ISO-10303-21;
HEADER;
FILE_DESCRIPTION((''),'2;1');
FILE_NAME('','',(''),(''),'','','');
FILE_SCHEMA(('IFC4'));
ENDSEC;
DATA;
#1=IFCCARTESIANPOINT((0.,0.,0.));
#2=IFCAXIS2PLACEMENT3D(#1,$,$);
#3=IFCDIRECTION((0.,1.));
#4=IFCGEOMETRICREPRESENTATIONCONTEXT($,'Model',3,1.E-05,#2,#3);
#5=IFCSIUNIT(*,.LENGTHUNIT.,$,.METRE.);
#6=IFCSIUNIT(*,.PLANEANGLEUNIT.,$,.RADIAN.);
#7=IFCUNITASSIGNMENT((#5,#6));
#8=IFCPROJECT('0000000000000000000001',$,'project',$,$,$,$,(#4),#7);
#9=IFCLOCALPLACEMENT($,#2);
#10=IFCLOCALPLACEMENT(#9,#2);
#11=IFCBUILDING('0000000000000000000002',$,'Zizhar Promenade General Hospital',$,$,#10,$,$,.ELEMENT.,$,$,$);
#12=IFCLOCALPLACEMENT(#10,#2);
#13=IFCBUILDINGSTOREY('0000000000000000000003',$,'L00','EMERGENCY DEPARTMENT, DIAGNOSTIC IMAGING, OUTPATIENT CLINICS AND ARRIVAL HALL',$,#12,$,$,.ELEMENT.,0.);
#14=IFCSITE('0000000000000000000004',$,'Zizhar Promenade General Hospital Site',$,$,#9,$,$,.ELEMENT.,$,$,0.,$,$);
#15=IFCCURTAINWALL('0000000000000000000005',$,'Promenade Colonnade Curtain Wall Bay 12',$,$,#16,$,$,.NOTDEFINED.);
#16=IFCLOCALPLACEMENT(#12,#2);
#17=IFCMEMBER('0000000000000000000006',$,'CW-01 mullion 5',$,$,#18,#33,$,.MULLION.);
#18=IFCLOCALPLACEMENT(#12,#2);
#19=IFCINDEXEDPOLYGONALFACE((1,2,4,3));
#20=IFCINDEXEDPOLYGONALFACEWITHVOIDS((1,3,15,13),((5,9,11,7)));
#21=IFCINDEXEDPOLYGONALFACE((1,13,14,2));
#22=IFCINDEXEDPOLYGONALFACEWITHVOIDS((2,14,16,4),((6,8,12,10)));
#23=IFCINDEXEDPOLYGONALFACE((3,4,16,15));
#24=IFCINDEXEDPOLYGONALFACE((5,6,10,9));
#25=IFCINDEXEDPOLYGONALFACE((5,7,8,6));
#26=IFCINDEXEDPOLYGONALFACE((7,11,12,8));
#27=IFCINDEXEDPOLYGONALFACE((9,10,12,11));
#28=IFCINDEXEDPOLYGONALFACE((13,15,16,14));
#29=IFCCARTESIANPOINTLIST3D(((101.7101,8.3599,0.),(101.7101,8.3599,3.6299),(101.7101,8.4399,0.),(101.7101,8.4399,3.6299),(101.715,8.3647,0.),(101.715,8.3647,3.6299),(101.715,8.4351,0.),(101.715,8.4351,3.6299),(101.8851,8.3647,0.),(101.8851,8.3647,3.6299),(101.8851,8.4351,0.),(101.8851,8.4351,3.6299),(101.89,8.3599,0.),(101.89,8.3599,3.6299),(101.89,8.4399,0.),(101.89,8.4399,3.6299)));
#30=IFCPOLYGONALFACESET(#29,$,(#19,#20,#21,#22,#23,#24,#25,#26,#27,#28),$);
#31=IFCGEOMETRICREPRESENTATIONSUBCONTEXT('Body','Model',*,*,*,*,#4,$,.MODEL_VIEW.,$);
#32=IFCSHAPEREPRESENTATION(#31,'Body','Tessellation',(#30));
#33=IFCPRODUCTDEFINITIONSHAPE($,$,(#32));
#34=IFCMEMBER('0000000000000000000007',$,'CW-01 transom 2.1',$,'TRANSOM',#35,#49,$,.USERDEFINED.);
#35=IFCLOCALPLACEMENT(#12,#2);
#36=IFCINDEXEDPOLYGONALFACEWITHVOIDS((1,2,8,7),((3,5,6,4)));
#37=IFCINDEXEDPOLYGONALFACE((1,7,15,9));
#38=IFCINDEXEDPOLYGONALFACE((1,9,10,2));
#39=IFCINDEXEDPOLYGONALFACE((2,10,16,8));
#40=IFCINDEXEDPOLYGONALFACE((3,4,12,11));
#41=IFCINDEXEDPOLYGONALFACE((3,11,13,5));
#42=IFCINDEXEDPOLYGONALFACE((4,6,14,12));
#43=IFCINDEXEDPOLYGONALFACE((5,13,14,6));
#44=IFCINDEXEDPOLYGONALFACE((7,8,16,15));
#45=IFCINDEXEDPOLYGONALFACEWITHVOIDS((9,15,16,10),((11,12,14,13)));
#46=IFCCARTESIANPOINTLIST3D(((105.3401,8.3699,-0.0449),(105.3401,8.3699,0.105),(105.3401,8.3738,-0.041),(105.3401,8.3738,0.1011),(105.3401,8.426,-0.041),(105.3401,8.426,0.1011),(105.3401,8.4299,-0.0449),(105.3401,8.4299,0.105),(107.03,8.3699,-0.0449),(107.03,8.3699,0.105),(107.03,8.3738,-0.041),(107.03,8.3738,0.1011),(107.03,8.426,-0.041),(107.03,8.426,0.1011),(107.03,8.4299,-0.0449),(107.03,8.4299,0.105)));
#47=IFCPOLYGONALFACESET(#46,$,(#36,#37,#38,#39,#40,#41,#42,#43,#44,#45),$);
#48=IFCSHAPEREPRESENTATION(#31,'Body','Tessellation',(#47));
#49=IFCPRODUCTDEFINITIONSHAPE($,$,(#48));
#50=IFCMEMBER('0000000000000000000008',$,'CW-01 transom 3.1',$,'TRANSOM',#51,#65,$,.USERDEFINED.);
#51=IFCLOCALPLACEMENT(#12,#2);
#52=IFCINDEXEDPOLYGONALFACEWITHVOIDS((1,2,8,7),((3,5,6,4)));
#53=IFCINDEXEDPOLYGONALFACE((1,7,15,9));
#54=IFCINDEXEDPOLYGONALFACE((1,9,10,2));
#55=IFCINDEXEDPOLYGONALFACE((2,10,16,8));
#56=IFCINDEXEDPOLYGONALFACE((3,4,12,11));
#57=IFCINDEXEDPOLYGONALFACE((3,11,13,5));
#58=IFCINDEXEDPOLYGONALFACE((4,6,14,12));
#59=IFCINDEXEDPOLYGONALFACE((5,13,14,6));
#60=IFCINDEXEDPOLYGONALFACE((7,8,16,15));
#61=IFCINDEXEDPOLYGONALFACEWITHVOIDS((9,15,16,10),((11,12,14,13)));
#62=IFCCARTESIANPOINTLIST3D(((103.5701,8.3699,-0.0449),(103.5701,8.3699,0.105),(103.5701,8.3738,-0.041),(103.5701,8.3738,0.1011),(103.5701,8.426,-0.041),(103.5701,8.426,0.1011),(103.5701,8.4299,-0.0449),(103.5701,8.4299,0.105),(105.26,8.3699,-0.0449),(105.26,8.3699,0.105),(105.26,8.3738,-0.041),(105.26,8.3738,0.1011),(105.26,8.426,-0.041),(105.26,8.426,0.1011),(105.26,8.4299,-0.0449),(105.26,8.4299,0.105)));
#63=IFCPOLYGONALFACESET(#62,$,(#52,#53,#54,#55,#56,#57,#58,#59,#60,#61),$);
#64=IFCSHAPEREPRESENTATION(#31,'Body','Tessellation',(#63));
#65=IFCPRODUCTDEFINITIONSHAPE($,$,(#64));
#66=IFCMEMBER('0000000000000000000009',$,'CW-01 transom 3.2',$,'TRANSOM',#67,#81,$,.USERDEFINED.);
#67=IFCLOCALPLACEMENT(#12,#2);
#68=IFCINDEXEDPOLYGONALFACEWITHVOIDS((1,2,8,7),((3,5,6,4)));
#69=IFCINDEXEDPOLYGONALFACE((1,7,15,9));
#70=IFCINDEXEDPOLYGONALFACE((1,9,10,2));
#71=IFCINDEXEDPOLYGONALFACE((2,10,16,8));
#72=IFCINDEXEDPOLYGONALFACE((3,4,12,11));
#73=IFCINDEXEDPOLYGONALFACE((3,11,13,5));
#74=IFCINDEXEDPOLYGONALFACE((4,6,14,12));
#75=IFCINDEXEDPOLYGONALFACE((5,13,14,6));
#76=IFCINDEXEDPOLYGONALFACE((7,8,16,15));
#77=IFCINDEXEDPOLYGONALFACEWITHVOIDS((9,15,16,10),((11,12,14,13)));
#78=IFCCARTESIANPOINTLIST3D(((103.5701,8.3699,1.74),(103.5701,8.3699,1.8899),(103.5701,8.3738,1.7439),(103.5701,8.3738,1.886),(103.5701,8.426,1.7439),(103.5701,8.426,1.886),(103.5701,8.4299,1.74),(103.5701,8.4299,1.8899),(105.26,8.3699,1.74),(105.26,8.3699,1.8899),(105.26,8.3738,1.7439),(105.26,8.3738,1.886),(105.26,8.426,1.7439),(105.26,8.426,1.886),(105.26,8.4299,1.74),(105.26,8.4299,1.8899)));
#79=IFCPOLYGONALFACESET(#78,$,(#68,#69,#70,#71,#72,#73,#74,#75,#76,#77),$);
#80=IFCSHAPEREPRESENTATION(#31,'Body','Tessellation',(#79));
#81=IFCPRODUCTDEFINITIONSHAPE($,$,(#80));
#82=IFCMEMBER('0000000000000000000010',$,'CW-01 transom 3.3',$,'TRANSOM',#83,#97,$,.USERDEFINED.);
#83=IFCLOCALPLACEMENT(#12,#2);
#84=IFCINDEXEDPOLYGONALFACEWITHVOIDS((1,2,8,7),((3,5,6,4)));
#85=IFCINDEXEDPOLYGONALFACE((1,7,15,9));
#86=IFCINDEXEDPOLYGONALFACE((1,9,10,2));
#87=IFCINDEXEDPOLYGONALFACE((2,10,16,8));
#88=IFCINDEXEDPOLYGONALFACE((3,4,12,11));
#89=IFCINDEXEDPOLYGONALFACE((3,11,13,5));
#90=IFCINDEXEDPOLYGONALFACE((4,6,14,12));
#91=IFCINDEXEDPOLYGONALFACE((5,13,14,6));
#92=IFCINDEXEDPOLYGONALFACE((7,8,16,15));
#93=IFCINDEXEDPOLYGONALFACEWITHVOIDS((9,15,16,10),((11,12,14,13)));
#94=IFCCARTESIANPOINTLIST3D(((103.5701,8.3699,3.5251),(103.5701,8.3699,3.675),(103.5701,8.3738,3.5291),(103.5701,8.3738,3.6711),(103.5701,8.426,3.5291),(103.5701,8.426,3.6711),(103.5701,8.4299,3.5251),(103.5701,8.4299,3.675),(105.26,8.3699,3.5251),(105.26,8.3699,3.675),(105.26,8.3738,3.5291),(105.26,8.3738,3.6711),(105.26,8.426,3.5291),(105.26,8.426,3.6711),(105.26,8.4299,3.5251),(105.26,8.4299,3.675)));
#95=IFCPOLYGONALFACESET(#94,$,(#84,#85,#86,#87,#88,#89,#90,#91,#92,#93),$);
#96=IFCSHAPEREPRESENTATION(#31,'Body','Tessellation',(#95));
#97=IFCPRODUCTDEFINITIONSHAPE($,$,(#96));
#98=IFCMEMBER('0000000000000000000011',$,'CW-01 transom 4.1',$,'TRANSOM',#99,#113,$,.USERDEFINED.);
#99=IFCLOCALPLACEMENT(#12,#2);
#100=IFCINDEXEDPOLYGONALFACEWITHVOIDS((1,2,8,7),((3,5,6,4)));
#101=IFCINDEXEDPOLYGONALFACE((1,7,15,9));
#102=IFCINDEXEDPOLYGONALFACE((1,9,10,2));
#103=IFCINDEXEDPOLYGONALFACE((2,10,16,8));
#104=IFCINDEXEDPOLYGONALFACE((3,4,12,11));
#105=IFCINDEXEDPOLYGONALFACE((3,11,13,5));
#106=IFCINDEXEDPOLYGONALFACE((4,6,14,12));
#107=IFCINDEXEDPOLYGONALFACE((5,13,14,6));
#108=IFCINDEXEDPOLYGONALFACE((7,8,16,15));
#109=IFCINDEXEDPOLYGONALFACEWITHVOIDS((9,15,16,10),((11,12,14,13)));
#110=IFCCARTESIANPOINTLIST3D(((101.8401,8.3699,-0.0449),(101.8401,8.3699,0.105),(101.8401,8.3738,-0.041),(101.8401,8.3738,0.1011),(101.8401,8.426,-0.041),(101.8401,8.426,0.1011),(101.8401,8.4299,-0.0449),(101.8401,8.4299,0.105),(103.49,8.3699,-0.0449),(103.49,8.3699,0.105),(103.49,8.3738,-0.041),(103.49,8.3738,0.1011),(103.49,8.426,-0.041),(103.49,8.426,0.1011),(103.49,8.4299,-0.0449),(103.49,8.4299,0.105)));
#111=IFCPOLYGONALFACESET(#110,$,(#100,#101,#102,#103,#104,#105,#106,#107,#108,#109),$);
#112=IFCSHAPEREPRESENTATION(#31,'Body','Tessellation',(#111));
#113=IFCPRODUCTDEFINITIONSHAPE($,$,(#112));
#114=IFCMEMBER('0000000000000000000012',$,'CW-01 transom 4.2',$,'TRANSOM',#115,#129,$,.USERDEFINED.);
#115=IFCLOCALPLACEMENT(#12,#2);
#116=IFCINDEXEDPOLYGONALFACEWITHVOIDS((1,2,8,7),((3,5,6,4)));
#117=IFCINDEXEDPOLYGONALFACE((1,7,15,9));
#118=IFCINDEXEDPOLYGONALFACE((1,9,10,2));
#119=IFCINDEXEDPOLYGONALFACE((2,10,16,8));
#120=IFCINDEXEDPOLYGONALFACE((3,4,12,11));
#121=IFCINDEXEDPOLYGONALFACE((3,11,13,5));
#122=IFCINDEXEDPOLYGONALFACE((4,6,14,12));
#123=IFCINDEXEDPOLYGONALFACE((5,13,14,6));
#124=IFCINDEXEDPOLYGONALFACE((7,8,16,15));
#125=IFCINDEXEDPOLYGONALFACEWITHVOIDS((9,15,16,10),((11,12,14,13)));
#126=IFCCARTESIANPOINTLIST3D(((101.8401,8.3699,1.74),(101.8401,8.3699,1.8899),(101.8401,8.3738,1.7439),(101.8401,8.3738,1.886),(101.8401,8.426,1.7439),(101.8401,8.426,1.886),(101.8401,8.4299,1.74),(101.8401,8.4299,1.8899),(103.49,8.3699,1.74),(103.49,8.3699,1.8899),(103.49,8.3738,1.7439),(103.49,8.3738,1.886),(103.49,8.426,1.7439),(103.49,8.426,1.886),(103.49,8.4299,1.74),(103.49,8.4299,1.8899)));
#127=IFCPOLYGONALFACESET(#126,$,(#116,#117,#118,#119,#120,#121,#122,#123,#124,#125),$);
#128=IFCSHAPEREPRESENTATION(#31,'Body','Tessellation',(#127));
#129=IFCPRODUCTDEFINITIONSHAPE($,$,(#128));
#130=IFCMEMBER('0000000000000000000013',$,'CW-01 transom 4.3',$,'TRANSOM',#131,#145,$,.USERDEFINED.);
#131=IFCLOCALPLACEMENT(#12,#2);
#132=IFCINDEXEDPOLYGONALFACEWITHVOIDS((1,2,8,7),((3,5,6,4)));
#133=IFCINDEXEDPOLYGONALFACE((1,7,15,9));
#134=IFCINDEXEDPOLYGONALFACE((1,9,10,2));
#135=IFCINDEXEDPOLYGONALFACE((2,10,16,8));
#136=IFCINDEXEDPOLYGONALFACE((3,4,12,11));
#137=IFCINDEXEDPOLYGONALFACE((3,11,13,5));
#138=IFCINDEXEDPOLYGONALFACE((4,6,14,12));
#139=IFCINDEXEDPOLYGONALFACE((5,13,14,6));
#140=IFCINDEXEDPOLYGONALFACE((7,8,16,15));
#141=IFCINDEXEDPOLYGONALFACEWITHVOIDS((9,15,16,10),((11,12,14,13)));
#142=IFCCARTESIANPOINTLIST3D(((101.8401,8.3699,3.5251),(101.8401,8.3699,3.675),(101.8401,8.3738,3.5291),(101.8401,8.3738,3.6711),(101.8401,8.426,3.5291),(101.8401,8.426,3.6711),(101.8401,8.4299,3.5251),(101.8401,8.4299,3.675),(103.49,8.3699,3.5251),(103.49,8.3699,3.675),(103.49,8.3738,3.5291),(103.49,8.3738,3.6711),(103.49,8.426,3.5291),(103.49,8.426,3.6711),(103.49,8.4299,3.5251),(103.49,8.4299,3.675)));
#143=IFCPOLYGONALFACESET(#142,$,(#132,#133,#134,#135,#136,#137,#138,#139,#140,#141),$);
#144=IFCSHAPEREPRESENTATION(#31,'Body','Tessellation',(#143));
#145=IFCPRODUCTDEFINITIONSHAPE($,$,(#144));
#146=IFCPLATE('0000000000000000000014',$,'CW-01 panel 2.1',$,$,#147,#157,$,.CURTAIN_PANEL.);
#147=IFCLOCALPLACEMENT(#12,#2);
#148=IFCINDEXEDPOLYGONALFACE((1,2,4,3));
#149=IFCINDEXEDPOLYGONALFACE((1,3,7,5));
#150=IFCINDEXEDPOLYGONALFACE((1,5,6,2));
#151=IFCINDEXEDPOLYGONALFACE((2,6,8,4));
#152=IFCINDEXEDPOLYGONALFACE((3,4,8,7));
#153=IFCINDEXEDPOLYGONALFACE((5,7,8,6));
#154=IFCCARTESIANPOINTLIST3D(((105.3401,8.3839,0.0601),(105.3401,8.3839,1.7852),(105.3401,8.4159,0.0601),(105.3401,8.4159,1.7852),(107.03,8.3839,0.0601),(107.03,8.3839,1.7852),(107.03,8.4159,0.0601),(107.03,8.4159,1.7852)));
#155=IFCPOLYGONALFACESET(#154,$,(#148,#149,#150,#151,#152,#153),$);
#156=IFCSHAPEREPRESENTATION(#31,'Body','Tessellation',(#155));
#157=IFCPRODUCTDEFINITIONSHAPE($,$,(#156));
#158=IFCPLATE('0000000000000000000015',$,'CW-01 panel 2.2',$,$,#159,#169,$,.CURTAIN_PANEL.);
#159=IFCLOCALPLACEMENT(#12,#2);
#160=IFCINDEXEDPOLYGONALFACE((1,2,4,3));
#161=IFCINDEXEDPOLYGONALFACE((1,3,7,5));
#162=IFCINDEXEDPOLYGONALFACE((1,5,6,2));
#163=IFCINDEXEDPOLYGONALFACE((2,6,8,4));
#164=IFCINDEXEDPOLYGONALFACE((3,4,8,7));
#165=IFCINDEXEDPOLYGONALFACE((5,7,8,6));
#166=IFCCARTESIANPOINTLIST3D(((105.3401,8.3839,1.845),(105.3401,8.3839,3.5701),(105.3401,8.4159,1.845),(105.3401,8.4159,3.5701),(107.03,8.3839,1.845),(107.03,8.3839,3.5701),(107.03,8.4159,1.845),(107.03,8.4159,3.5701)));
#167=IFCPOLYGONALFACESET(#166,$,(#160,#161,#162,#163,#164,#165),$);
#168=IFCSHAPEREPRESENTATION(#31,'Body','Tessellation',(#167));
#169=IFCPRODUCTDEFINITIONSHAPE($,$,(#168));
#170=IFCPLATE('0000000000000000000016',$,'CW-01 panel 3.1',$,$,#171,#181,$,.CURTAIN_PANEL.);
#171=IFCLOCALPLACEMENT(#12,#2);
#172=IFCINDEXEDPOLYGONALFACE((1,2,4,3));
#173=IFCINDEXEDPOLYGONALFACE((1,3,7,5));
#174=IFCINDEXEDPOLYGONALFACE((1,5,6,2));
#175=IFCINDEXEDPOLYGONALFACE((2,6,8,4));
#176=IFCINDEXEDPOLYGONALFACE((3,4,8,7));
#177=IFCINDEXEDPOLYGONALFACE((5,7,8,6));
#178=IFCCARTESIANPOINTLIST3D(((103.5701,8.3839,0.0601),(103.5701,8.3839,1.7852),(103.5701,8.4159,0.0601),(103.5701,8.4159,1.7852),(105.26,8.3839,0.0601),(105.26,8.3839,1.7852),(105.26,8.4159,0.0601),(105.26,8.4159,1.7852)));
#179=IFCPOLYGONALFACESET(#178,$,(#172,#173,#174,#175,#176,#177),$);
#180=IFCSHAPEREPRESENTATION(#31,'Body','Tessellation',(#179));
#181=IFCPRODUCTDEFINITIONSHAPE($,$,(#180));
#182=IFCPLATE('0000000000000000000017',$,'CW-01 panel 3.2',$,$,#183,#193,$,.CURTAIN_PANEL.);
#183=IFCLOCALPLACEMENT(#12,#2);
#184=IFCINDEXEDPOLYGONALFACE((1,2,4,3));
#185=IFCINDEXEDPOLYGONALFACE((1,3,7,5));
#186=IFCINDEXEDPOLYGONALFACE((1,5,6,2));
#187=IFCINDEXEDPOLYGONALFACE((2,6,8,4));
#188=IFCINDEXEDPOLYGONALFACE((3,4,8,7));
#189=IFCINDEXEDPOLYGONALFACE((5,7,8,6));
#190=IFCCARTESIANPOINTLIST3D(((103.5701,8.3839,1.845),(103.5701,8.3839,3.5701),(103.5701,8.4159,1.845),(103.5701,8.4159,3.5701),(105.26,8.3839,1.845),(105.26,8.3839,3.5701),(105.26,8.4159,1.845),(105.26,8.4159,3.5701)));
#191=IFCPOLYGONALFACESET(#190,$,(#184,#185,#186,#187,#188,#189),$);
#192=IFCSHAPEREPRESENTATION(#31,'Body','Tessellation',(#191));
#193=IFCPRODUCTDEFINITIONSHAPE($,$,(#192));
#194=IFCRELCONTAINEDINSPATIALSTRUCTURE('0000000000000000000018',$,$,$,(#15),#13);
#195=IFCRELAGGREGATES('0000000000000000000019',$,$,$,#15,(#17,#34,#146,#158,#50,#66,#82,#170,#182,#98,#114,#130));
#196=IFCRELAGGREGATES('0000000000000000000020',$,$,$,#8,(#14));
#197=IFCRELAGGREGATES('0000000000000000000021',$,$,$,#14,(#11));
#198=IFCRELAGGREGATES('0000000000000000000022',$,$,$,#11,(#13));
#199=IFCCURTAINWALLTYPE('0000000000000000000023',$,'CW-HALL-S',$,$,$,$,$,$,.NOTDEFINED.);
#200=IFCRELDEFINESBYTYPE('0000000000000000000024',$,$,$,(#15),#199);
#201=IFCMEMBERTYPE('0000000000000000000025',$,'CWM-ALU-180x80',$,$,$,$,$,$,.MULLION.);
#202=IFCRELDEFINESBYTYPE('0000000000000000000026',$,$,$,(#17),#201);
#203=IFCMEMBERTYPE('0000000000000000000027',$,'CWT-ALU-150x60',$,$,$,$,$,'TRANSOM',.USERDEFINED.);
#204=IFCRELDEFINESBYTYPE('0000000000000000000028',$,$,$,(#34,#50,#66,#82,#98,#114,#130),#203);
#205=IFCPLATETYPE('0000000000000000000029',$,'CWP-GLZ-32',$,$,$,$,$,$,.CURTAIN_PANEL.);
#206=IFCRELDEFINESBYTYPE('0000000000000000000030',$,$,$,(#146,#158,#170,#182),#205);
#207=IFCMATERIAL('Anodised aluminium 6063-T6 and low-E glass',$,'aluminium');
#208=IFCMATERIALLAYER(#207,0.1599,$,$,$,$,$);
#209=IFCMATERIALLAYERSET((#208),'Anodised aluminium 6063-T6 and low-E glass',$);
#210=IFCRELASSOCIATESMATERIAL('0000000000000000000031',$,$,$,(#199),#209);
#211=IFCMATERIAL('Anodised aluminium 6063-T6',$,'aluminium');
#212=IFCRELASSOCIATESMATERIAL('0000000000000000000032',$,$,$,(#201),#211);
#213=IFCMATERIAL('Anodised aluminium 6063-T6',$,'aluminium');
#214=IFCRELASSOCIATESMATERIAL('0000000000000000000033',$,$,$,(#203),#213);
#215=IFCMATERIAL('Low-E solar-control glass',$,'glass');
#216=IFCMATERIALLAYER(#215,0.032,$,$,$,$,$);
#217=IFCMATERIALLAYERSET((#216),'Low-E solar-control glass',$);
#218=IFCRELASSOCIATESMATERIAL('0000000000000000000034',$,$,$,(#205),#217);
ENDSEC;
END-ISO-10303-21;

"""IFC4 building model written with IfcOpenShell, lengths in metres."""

from ifc_helpers import new_model, si_unit, direction, frame, origin, origin_2d, place, context, subcontext, project, spatial, rectangle, hollow_rectangle, extrude, material, layer, layer_set, material_profile, profile_set, type_object, element, aggregate, save


model = new_model("IFC4")

# Units and contexts
model_context = context("Model", 3, precision=1e-05, world=origin(), true_north=direction((0.0, 1.0)))
body_context = subcontext(model_context, "Body", "Model", "MODEL_VIEW")
ifc_project = project(units=[si_unit("LENGTHUNIT", "METRE"), si_unit("PLANEANGLEUNIT", "RADIAN")], contexts=[model_context])

# Site, building, storey
site_placement = place(None, origin())
site = spatial("IfcSite", under=ifc_project, at=site_placement, Name="Zizhar Promenade General Hospital Site", CompositionType="ELEMENT", RefElevation=0.0)
building_placement = place(site_placement, origin())
building = spatial("IfcBuilding", under=site, at=building_placement, Name="Zizhar Promenade General Hospital", CompositionType="ELEMENT")
storey_placement = place(building_placement, origin())
storey = spatial("IfcBuildingStorey", under=building, at=storey_placement, Name="L00", Description="EMERGENCY DEPARTMENT, DIAGNOSTIC IMAGING, OUTPATIENT CLINICS AND ARRIVAL HALL", CompositionType="ELEMENT", Elevation=0.0)

# Curtain wall, members, plates
ifc_material_1 = material(Name="Anodised aluminium 6063-T6 and low-E glass", Category="aluminium")
ifc_layer_1 = layer(ifc_material_1, 0.1599)
ifc_layer_set_1 = layer_set([ifc_layer_1], Name="Anodised aluminium 6063-T6 and low-E glass")
curtain_wall_type = type_object("IfcCurtainWallType", Name="CW-HALL-S", PredefinedType="NOTDEFINED", material=ifc_layer_set_1)
curtain_wall_placement = place(storey_placement, origin())
curtain_wall = element("IfcCurtainWall", 1, at=curtain_wall_placement, inside=storey, type_object=curtain_wall_type, Name="Promenade Colonnade Curtain Wall Bay 12", PredefinedType="NOTDEFINED")
ifc_material_2 = material(Name="Anodised aluminium 6063-T6", Category="aluminium")
ifc_material_profile_1 = material_profile(ifc_material_2, hollow_rectangle(XDim=0.0801, YDim=0.1799, WallThickness=0.0049, at=origin_2d()))
ifc_profile_set_1 = profile_set([ifc_material_profile_1], Name="Anodised aluminium 6063-T6")
member_type_1 = type_object("IfcMemberType", Name="CWM-ALU-180x80", PredefinedType="MULLION", material=ifc_profile_set_1)
member_1_placement = place(storey_placement, frame((101.8, 8.3999, 0.0), z_axis=(0.0, 0.0, 1.0), x_axis=(0.0, -1.0, 0.0)))
member_1 = element("IfcMember", 2, at=member_1_placement, type_object=member_type_1, Name="CW-01 mullion 5", PredefinedType="MULLION", context=body_context, shape_type="SweptSolid", body=[
    extrude(hollow_rectangle(XDim=0.0801, YDim=0.1799, WallThickness=0.0049, at=origin_2d()), origin(), (0.0, 0.0, 1.0), 3.6299),
])
ifc_material_3 = material(Name="Anodised aluminium 6063-T6", Category="aluminium")
ifc_material_profile_2 = material_profile(ifc_material_3, hollow_rectangle(XDim=0.0601, YDim=0.1499, WallThickness=0.0039, at=origin_2d()))
ifc_profile_set_2 = profile_set([ifc_material_profile_2], Name="Anodised aluminium 6063-T6")
member_type_2 = type_object("IfcMemberType", Name="CWT-ALU-150x60", ElementType="TRANSOM", PredefinedType="USERDEFINED", material=ifc_profile_set_2)
member_2_placement = place(storey_placement, frame((107.03, 8.3999, 0.03), z_axis=(-1.0, 0.0, 0.0), x_axis=(0.0, -1.0, 0.0)))
member_2 = element("IfcMember", 3, at=member_2_placement, type_object=member_type_2, Name="CW-01 transom 2.1", ObjectType="TRANSOM", PredefinedType="USERDEFINED", context=body_context, shape_type="SweptSolid", body=[
    extrude(hollow_rectangle(XDim=0.0601, YDim=0.1499, WallThickness=0.0039, at=origin_2d()), origin(), (0.0, 0.0, 1.0), 1.6899),
])
member_3_placement = place(storey_placement, frame((105.26, 8.3999, 0.03), z_axis=(-1.0, 0.0, 0.0), x_axis=(0.0, -1.0, 0.0)))
member_3 = element("IfcMember", 4, at=member_3_placement, type_object=member_type_2, Name="CW-01 transom 3.1", ObjectType="TRANSOM", PredefinedType="USERDEFINED", context=body_context, shape_type="SweptSolid", body=[
    extrude(hollow_rectangle(XDim=0.0601, YDim=0.1499, WallThickness=0.0039, at=origin_2d()), origin(), (0.0, 0.0, 1.0), 1.6899),
])
member_4_placement = place(storey_placement, frame((105.26, 8.3999, 1.8149), z_axis=(-1.0, 0.0, 0.0), x_axis=(0.0, -1.0, 0.0)))
member_4 = element("IfcMember", 5, at=member_4_placement, type_object=member_type_2, Name="CW-01 transom 3.2", ObjectType="TRANSOM", PredefinedType="USERDEFINED", context=body_context, shape_type="SweptSolid", body=[
    extrude(hollow_rectangle(XDim=0.0601, YDim=0.1499, WallThickness=0.0039, at=origin_2d()), origin(), (0.0, 0.0, 1.0), 1.6899),
])
member_5_placement = place(storey_placement, frame((105.26, 8.3999, 3.6001), z_axis=(-1.0, 0.0, 0.0), x_axis=(0.0, -1.0, 0.0)))
member_5 = element("IfcMember", 6, at=member_5_placement, type_object=member_type_2, Name="CW-01 transom 3.3", ObjectType="TRANSOM", PredefinedType="USERDEFINED", context=body_context, shape_type="SweptSolid", body=[
    extrude(hollow_rectangle(XDim=0.0601, YDim=0.1499, WallThickness=0.0039, at=origin_2d()), origin(), (0.0, 0.0, 1.0), 1.6899),
])
member_6_placement = place(storey_placement, frame((103.49, 8.3999, 0.03), z_axis=(-1.0, 0.0, 0.0), x_axis=(0.0, -1.0, 0.0)))
member_6 = element("IfcMember", 7, at=member_6_placement, type_object=member_type_2, Name="CW-01 transom 4.1", ObjectType="TRANSOM", PredefinedType="USERDEFINED", context=body_context, shape_type="SweptSolid", body=[
    extrude(hollow_rectangle(XDim=0.0601, YDim=0.1499, WallThickness=0.0039, at=origin_2d()), origin(), (0.0, 0.0, 1.0), 1.6499),
])
member_7_placement = place(storey_placement, frame((103.49, 8.3999, 1.8149), z_axis=(-1.0, 0.0, 0.0), x_axis=(0.0, -1.0, 0.0)))
member_7 = element("IfcMember", 8, at=member_7_placement, type_object=member_type_2, Name="CW-01 transom 4.2", ObjectType="TRANSOM", PredefinedType="USERDEFINED", context=body_context, shape_type="SweptSolid", body=[
    extrude(hollow_rectangle(XDim=0.0601, YDim=0.1499, WallThickness=0.0039, at=origin_2d()), origin(), (0.0, 0.0, 1.0), 1.6499),
])
member_8_placement = place(storey_placement, frame((103.49, 8.3999, 3.6001), z_axis=(-1.0, 0.0, 0.0), x_axis=(0.0, -1.0, 0.0)))
member_8 = element("IfcMember", 9, at=member_8_placement, type_object=member_type_2, Name="CW-01 transom 4.3", ObjectType="TRANSOM", PredefinedType="USERDEFINED", context=body_context, shape_type="SweptSolid", body=[
    extrude(hollow_rectangle(XDim=0.0601, YDim=0.1499, WallThickness=0.0039, at=origin_2d()), origin(), (0.0, 0.0, 1.0), 1.6499),
])
ifc_material_4 = material(Name="Low-E solar-control glass", Category="glass")
ifc_layer_2 = layer(ifc_material_4, 0.032)
ifc_layer_set_2 = layer_set([ifc_layer_2], Name="Low-E solar-control glass")
plate_type = type_object("IfcPlateType", Name="CWP-GLZ-32", PredefinedType="CURTAIN_PANEL", material=ifc_layer_set_2)
plate_1_placement = place(storey_placement, frame((106.1851, 8.3999, 0.0601), z_axis=(0.0, 0.0, 1.0), x_axis=(-1.0, 0.0, 0.0)))
plate_1 = element("IfcPlate", 10, at=plate_1_placement, type_object=plate_type, Name="CW-01 panel 2.1", PredefinedType="CURTAIN_PANEL", context=body_context, shape_type="SweptSolid", body=[
    extrude(rectangle(XDim=1.6899, YDim=0.032, at=origin_2d()), origin(), (0.0, 0.0, 1.0), 1.7251),
])
plate_2_placement = place(storey_placement, frame((106.1851, 8.3999, 1.845), z_axis=(0.0, 0.0, 1.0), x_axis=(-1.0, 0.0, 0.0)))
plate_2 = element("IfcPlate", 11, at=plate_2_placement, type_object=plate_type, Name="CW-01 panel 2.2", PredefinedType="CURTAIN_PANEL", context=body_context, shape_type="SweptSolid", body=[
    extrude(rectangle(XDim=1.6899, YDim=0.032, at=origin_2d()), origin(), (0.0, 0.0, 1.0), 1.7251),
])
plate_3_placement = place(storey_placement, frame((104.415, 8.3999, 0.0601), z_axis=(0.0, 0.0, 1.0), x_axis=(-1.0, 0.0, 0.0)))
plate_3 = element("IfcPlate", 12, at=plate_3_placement, type_object=plate_type, Name="CW-01 panel 3.1", PredefinedType="CURTAIN_PANEL", context=body_context, shape_type="SweptSolid", body=[
    extrude(rectangle(XDim=1.6899, YDim=0.032, at=origin_2d()), origin(), (0.0, 0.0, 1.0), 1.7251),
])
plate_4_placement = place(storey_placement, frame((104.415, 8.3999, 1.845), z_axis=(0.0, 0.0, 1.0), x_axis=(-1.0, 0.0, 0.0)))
plate_4 = element("IfcPlate", 13, at=plate_4_placement, type_object=plate_type, Name="CW-01 panel 3.2", PredefinedType="CURTAIN_PANEL", context=body_context, shape_type="SweptSolid", body=[
    extrude(rectangle(XDim=1.6899, YDim=0.032, at=origin_2d()), origin(), (0.0, 0.0, 1.0), 1.7251),
])
aggregate(curtain_wall, [member_1, member_2, plate_1, plate_2, member_3, member_4, member_5, plate_3, plate_4, member_6, member_7, member_8])

save(model, "model.ifc")
